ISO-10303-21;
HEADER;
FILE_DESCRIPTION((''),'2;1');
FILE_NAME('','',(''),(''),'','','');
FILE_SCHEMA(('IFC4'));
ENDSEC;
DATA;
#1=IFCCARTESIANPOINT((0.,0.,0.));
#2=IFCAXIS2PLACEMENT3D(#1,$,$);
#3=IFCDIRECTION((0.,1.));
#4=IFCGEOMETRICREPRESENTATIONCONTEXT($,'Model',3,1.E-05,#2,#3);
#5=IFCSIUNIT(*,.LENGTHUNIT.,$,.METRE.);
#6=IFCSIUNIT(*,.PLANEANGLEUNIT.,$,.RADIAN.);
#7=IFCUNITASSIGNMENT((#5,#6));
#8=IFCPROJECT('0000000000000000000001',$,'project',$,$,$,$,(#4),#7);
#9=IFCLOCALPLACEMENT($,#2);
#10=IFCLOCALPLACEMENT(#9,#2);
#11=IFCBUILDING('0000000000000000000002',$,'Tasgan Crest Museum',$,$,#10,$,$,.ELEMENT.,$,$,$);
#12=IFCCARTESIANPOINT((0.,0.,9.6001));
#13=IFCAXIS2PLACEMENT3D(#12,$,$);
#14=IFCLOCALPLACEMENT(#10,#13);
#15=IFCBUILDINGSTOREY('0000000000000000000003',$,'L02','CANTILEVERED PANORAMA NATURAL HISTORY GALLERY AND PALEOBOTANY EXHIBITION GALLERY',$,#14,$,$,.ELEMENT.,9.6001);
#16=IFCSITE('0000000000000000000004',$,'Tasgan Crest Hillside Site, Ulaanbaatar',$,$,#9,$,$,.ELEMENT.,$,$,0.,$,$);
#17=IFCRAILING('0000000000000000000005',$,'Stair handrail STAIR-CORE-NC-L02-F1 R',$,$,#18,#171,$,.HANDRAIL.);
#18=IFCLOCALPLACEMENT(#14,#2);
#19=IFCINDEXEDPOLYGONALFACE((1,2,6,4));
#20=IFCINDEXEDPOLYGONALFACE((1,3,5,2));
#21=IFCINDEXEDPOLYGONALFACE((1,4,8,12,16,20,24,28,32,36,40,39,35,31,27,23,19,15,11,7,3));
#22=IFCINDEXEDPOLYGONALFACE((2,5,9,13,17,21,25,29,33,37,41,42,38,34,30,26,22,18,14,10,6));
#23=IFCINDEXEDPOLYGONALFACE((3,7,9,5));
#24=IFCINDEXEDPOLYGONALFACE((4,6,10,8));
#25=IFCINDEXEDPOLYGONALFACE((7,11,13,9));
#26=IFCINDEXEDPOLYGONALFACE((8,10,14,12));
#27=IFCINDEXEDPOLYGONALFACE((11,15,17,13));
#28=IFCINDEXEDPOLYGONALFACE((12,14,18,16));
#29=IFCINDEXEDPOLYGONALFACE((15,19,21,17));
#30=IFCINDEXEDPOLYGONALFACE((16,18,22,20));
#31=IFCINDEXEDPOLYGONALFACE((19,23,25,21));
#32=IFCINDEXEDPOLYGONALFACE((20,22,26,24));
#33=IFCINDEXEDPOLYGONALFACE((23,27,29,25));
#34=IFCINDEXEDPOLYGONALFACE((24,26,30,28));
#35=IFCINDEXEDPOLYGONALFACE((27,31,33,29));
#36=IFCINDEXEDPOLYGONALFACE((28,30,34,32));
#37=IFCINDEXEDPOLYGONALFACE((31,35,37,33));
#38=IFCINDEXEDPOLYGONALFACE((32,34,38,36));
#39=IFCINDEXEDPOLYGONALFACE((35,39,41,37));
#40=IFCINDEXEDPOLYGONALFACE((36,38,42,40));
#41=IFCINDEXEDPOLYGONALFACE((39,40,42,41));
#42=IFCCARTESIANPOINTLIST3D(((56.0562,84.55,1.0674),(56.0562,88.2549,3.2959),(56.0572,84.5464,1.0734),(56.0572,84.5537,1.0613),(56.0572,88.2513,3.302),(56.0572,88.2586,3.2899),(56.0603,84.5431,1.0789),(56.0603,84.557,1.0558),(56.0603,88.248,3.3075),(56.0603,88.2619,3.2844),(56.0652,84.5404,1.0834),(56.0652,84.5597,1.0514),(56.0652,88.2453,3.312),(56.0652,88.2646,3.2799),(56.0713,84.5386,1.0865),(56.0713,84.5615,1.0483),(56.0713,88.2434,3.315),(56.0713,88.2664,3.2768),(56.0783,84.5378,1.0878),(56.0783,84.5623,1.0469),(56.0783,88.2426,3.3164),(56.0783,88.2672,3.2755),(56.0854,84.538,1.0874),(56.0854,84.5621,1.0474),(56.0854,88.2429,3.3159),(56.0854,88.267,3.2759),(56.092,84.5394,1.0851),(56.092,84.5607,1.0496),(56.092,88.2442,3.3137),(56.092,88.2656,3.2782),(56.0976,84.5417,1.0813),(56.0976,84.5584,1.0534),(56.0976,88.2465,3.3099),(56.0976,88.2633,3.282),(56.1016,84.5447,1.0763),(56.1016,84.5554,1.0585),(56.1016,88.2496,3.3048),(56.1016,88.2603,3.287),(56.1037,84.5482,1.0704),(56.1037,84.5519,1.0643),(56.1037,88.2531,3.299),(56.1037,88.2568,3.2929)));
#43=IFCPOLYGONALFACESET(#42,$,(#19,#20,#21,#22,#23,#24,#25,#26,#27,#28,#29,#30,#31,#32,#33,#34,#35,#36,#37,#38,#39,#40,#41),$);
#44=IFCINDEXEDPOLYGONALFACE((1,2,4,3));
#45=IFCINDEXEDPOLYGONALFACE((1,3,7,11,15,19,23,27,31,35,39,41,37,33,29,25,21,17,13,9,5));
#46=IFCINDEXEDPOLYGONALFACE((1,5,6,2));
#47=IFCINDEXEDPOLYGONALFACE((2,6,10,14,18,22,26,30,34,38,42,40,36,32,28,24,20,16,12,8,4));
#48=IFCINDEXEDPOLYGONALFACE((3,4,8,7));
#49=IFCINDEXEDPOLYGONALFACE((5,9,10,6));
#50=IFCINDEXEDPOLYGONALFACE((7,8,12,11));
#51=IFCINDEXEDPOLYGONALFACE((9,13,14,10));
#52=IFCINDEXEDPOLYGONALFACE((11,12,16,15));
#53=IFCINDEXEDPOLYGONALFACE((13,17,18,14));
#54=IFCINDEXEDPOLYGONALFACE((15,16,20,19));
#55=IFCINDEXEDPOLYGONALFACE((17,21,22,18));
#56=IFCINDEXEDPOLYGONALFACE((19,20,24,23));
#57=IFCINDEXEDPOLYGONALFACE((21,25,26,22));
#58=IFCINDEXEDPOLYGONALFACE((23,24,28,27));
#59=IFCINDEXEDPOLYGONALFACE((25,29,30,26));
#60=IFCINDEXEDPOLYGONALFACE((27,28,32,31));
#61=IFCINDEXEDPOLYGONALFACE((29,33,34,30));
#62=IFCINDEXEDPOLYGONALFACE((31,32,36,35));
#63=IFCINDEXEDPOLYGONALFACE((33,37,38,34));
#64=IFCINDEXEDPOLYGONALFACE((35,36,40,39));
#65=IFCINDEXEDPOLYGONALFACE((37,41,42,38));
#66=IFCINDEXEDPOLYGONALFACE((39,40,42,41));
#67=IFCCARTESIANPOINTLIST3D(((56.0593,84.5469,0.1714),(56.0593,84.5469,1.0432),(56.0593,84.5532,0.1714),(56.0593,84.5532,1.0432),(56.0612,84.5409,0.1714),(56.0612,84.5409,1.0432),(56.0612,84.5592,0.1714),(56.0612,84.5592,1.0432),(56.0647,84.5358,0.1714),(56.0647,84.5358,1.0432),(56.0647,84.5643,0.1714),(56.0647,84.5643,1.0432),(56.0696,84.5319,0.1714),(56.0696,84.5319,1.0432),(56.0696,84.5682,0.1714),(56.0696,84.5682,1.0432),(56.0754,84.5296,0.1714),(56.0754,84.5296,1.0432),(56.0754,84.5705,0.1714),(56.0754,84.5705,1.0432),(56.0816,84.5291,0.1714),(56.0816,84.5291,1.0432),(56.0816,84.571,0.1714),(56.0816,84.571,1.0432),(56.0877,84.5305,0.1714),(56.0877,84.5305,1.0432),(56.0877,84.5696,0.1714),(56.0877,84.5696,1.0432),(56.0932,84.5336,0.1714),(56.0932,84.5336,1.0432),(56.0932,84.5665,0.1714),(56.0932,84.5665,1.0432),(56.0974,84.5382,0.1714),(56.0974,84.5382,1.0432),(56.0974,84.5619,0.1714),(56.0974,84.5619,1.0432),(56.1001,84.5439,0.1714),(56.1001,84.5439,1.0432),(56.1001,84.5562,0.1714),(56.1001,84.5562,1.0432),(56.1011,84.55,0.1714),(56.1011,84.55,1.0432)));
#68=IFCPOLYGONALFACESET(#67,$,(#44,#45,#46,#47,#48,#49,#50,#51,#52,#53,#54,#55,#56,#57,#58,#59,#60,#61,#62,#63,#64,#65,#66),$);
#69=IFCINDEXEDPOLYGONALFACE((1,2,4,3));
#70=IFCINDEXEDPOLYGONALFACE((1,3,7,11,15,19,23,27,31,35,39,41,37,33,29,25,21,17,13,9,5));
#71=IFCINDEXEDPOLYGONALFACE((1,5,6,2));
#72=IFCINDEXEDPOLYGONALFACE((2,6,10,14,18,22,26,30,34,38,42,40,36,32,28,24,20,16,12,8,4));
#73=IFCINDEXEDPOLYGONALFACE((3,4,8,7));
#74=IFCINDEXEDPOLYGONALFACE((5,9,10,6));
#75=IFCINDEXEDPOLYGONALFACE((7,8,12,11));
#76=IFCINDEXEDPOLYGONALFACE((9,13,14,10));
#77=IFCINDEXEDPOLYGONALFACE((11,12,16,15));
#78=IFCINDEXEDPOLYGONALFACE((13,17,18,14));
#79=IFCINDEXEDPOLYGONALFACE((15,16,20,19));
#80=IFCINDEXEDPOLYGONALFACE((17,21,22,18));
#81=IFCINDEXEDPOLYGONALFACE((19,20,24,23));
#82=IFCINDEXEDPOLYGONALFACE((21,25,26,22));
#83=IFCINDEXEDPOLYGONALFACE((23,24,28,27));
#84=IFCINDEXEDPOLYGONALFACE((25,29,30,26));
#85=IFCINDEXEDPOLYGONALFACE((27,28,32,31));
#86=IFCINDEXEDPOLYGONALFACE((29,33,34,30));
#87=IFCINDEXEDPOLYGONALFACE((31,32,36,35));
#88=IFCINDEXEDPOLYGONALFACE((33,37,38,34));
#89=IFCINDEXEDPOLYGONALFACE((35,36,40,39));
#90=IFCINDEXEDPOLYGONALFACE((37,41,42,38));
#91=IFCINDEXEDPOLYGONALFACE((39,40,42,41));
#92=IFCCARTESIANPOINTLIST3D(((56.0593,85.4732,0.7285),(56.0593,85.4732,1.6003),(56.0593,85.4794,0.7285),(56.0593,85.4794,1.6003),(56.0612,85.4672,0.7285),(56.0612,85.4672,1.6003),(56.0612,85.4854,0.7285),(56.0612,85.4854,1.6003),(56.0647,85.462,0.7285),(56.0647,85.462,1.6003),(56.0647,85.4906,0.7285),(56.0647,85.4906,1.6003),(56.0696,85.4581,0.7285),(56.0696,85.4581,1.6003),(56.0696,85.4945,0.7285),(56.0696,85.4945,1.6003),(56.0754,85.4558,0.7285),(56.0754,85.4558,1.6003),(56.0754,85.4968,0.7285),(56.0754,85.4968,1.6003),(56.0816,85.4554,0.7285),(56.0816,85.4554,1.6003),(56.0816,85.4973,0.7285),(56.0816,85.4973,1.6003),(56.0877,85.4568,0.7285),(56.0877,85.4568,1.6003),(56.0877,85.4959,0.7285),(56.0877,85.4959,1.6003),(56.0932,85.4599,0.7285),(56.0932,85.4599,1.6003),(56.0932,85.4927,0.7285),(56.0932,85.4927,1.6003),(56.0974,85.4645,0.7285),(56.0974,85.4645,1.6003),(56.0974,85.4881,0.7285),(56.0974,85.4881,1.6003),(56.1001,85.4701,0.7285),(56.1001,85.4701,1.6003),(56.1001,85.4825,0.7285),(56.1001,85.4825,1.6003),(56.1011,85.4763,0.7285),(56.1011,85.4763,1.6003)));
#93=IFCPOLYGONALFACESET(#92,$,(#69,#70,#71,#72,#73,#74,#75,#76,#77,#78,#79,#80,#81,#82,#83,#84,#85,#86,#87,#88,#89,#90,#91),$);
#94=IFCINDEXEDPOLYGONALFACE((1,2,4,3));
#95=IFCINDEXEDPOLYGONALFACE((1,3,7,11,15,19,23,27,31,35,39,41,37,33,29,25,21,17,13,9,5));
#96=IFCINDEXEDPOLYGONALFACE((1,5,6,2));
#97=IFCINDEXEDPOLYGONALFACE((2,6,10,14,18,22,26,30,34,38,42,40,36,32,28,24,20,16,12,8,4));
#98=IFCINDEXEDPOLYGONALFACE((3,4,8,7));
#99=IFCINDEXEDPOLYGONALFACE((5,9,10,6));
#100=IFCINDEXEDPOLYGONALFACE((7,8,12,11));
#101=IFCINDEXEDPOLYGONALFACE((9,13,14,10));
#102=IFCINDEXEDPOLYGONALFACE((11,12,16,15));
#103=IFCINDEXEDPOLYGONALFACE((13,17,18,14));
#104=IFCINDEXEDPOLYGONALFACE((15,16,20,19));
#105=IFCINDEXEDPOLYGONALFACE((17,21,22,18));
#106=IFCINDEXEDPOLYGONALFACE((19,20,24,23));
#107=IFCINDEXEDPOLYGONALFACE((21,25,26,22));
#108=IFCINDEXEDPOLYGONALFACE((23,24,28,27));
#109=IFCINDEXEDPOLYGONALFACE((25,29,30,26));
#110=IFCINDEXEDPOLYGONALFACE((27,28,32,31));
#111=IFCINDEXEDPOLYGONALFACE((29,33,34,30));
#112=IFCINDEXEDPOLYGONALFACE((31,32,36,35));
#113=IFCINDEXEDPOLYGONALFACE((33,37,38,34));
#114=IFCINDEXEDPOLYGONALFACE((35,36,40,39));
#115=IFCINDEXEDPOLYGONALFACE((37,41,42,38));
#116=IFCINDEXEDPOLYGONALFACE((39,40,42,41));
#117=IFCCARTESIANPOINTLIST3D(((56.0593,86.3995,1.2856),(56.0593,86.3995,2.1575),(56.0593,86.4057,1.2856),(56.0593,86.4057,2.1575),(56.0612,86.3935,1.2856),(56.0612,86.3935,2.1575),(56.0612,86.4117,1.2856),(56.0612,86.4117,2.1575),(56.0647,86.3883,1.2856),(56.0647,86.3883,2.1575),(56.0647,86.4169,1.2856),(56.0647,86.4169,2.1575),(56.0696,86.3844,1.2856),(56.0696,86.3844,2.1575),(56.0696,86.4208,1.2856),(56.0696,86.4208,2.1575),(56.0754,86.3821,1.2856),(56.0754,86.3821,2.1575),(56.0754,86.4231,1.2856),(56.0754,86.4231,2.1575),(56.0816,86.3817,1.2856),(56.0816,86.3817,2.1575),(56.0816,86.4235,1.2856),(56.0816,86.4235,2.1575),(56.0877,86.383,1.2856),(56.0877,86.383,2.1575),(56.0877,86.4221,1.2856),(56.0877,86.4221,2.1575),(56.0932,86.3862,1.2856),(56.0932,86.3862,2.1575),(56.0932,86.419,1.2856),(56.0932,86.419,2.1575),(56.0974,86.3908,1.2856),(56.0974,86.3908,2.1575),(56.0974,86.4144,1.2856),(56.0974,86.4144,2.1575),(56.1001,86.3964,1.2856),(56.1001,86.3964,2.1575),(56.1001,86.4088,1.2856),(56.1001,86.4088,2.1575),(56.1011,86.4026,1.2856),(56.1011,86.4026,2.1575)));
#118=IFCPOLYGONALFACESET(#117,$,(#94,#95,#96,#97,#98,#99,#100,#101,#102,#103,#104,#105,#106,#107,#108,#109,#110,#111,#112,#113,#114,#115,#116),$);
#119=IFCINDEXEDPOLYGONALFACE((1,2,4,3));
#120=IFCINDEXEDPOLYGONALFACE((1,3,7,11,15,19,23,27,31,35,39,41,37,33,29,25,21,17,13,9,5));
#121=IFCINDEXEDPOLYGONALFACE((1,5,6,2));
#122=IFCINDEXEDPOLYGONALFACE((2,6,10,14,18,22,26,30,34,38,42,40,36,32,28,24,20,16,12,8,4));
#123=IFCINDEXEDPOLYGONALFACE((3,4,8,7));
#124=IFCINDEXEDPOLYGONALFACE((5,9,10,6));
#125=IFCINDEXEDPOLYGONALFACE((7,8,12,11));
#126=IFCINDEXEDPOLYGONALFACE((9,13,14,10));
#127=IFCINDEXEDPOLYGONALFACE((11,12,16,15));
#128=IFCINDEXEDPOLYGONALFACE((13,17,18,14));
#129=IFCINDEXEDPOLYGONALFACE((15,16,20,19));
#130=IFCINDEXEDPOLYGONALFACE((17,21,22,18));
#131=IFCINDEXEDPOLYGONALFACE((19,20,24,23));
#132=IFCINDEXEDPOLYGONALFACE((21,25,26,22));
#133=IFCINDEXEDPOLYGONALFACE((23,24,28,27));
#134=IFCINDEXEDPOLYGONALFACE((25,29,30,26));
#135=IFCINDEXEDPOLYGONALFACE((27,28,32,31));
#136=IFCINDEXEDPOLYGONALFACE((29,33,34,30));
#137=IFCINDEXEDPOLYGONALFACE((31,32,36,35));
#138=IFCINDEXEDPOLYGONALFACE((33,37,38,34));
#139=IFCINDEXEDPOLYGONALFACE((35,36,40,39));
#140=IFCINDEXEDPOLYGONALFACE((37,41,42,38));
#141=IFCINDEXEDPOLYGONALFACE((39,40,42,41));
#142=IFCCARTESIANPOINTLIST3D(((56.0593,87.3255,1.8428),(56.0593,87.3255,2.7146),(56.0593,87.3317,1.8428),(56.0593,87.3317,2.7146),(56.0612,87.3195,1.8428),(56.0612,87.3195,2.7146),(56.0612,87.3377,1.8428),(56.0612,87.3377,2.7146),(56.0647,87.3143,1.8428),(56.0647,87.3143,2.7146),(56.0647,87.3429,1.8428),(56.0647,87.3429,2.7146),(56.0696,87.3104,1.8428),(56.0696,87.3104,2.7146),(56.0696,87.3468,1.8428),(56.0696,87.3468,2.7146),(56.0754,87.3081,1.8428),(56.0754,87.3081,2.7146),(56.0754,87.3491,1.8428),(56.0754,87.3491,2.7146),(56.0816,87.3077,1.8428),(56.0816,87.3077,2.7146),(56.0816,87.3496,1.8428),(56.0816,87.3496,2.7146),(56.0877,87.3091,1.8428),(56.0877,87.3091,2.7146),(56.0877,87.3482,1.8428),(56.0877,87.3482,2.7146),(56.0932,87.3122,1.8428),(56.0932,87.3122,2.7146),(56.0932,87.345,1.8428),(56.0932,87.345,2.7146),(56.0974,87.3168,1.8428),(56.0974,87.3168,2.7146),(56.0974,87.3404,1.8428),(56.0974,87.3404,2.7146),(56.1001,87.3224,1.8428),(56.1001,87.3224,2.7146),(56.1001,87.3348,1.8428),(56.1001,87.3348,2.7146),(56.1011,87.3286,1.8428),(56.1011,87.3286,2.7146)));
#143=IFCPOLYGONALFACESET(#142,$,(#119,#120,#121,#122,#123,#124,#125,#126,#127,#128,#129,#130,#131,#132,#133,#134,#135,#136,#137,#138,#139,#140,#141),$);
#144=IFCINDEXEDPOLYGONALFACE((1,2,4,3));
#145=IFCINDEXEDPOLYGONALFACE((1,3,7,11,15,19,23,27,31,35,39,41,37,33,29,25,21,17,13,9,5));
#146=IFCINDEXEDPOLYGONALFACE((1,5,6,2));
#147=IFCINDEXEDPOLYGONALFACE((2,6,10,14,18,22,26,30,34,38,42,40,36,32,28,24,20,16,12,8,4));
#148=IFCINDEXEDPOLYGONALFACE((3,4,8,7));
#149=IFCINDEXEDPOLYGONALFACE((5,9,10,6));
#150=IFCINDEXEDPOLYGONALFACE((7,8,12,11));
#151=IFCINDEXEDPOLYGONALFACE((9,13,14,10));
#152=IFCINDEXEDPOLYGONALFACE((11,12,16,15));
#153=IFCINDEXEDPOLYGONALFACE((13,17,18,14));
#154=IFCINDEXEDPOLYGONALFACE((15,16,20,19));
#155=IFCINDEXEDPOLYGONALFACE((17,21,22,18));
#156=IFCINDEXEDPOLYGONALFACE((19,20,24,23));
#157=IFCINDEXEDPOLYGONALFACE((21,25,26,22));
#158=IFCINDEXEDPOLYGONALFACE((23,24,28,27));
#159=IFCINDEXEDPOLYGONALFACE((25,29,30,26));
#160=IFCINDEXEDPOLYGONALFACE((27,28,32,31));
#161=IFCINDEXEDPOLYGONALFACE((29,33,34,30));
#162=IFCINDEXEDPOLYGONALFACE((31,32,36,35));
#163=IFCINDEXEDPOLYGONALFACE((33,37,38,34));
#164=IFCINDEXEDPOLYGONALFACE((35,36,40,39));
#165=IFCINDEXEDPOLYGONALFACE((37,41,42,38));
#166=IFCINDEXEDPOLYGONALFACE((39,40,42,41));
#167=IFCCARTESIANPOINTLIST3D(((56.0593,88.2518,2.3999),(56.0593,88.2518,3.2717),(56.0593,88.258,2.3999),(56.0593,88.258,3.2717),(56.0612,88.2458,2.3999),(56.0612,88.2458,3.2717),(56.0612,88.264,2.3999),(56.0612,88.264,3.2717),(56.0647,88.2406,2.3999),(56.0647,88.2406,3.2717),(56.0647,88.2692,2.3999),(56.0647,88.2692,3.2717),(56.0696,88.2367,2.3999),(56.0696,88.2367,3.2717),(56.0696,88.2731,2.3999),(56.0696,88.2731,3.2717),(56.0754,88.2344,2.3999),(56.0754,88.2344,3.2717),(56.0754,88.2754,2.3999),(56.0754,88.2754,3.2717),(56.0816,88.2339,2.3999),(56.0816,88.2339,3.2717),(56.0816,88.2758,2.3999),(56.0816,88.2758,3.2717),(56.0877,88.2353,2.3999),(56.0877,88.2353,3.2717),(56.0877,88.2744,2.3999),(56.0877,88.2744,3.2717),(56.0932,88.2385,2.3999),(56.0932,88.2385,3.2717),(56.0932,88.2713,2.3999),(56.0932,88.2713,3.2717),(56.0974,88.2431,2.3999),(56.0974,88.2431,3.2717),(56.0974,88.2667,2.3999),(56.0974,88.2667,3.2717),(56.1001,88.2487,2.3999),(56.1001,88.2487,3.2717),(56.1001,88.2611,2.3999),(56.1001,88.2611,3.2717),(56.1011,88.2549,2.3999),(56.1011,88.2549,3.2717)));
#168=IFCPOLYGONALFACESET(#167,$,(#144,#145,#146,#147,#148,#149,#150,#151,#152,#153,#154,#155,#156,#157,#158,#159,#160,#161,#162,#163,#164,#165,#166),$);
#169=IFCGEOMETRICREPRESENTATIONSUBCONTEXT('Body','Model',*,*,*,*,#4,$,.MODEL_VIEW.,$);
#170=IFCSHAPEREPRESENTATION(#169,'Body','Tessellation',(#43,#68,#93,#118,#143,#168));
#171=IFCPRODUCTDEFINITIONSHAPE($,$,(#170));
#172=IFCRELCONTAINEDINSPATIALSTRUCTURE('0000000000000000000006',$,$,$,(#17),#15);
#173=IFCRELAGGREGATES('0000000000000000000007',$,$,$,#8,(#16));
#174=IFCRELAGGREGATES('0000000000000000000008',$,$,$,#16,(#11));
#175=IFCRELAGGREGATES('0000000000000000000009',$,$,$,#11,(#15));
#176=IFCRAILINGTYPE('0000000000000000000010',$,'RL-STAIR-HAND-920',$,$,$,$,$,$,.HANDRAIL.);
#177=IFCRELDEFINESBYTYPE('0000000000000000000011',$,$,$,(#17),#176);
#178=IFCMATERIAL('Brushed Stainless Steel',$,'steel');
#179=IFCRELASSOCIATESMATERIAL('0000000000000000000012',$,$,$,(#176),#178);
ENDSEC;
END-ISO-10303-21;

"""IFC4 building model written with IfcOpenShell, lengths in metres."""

from ifc_helpers import new_model, si_unit, direction, frame, origin, origin_2d, place, context, subcontext, project, spatial, circle, extrude, material, type_object, element, save


model = new_model("IFC4")

# Units and contexts
model_context = context("Model", 3, precision=1e-05, world=origin(), true_north=direction((0.0, 1.0)))
body_context = subcontext(model_context, "Body", "Model", "MODEL_VIEW")
ifc_project = project(units=[si_unit("LENGTHUNIT", "METRE"), si_unit("PLANEANGLEUNIT", "RADIAN")], contexts=[model_context])

# Site, building, storey
site_placement = place(None, origin())
site = spatial("IfcSite", under=ifc_project, at=site_placement, Name="Tasgan Crest Hillside Site, Ulaanbaatar", CompositionType="ELEMENT", RefElevation=0.0)
building_placement = place(site_placement, origin())
building = spatial("IfcBuilding", under=site, at=building_placement, Name="Tasgan Crest Museum", CompositionType="ELEMENT")
storey_placement = place(building_placement, frame((0.0, 0.0, 9.6001)))
storey = spatial("IfcBuildingStorey", under=building, at=storey_placement, Name="L02", Description="CANTILEVERED PANORAMA NATURAL HISTORY GALLERY AND PALEOBOTANY EXHIBITION GALLERY", CompositionType="ELEMENT", Elevation=9.6001)

# Railing
ifc_material_1 = material(Name="Brushed Stainless Steel", Category="steel")
railing_type_1 = type_object("IfcRailingType", Name="RL-STAIR-HAND-920", PredefinedType="HANDRAIL", material=ifc_material_1)
for number, where, name in (
    (1, (56.0801, 84.55, 0.1714), "Stair handrail STAIR-CORE-NC-L02-F1 R"),
):
    element("IfcRailing", number, at=place(storey_placement, frame(where)), inside=storey, type_object=railing_type_1, Name=name, PredefinedType="HANDRAIL", context=body_context, shape_type="SweptSolid", body=[
        extrude(circle(Radius=0.0239, at=origin_2d()), frame((0.0, 0.0, 0.896), z_axis=(0.0, 0.856919, 0.51545), x_axis=(-1.0, 0.0, 0.0)), (0.0, 0.0, 1.0), 4.3235),
        extrude(circle(Radius=0.021, at=origin_2d()), origin(), (0.0, 0.0, 1.0), 0.8718),
        extrude(circle(Radius=0.021, at=origin_2d()), frame((0.0, 0.9263, 0.5571)), (0.0, 0.0, 1.0), 0.8718),
        extrude(circle(Radius=0.021, at=origin_2d()), frame((0.0, 1.8525, 1.1143)), (0.0, 0.0, 1.0), 0.8718),
        extrude(circle(Radius=0.021, at=origin_2d()), frame((0.0, 2.7786, 1.6714)), (0.0, 0.0, 1.0), 0.8718),
        extrude(circle(Radius=0.021, at=origin_2d()), frame((0.0, 3.7048, 2.2285)), (0.0, 0.0, 1.0), 0.8718),
    ])

save(model, "model.ifc")
